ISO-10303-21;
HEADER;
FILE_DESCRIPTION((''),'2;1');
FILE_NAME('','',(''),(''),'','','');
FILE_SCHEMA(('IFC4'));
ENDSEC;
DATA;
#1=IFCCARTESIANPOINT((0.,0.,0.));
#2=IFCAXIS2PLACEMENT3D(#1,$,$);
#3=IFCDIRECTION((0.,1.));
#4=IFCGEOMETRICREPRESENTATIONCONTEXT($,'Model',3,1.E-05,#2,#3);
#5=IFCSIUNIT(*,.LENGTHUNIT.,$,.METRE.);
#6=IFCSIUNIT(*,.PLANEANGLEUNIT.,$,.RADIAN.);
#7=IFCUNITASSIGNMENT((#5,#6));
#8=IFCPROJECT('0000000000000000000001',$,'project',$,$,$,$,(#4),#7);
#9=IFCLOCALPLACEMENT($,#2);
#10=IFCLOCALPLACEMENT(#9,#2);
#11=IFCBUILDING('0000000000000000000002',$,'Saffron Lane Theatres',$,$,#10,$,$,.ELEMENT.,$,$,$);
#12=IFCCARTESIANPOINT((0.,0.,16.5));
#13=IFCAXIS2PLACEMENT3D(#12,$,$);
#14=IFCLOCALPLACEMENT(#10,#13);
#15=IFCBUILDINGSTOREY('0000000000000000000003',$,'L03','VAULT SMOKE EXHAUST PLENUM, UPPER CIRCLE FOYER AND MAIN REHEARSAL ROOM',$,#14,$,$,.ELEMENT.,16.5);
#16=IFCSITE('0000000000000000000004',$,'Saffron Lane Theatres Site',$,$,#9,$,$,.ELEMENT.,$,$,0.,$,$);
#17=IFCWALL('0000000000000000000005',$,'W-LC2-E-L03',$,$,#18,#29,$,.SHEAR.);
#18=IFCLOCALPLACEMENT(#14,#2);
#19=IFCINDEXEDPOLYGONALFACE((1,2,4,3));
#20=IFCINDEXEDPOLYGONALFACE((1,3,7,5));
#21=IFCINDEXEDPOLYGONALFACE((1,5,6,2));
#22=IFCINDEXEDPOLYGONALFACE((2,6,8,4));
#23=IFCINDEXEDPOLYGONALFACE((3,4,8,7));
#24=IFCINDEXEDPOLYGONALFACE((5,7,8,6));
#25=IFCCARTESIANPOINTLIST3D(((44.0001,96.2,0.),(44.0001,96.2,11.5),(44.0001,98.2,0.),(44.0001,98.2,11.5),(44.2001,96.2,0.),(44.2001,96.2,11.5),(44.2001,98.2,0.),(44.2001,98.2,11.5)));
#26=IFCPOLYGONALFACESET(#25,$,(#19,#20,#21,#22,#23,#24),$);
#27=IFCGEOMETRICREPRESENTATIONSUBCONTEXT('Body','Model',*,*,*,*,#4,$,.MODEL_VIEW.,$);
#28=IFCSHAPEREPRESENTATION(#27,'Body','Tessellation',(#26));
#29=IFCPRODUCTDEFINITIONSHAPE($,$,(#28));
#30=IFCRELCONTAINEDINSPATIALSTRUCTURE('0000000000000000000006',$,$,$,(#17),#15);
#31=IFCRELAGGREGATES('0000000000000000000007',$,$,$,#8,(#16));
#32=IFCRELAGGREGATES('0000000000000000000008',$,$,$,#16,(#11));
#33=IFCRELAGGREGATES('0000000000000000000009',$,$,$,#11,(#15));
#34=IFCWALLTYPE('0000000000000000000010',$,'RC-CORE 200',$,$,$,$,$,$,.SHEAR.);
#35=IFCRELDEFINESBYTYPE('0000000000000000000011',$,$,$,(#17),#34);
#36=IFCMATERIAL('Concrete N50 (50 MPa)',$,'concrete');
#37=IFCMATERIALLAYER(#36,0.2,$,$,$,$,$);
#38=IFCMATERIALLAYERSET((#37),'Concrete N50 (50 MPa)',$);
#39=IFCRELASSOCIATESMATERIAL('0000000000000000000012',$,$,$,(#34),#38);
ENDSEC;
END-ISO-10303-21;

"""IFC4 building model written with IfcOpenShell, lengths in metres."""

from ifc_helpers import new_model, si_unit, direction, frame, frame_2d, origin, place, context, subcontext, project, spatial, rectangle, extrude, material, layer, layer_set, type_object, element, save


model = new_model("IFC4")

# Units and contexts
model_context = context("Model", 3, precision=1e-05, world=origin(), true_north=direction((0.0, 1.0)))
body_context = subcontext(model_context, "Body", "Model", "MODEL_VIEW")
ifc_project = project(units=[si_unit("LENGTHUNIT", "METRE"), si_unit("PLANEANGLEUNIT", "RADIAN")], contexts=[model_context])

# Site, building, storey
site_placement = place(None, origin())
site = spatial("IfcSite", under=ifc_project, at=site_placement, Name="Saffron Lane Theatres Site", CompositionType="ELEMENT", RefElevation=0.0)
building_placement = place(site_placement, origin())
building = spatial("IfcBuilding", under=site, at=building_placement, Name="Saffron Lane Theatres", CompositionType="ELEMENT")
storey_placement = place(building_placement, frame((0.0, 0.0, 16.5)))
storey = spatial("IfcBuildingStorey", under=building, at=storey_placement, Name="L03", Description="VAULT SMOKE EXHAUST PLENUM, UPPER CIRCLE FOYER AND MAIN REHEARSAL ROOM", CompositionType="ELEMENT", Elevation=16.5)

# Shared definitions
ifc_material_1 = material(Name="Concrete N50 (50 MPa)", Category="concrete")
ifc_layer_1 = layer(ifc_material_1, 0.2)
ifc_layer_set_1 = layer_set([ifc_layer_1], Name="Concrete N50 (50 MPa)")
wall_type_1 = type_object("IfcWallType", Name="RC-CORE 200", PredefinedType="SHEAR", material=ifc_layer_set_1)

# Wall
for number, where, z_axis, x_axis, name in (
    (1, (44.1001, 96.2, 0.0), (0.0, 0.0, 1.0), (0.0, 1.0, 0.0), "W-LC2-E-L03"),
):
    element("IfcWall", number, at=place(storey_placement, frame(where, z_axis=z_axis, x_axis=x_axis)), inside=storey, type_object=wall_type_1, Name=name, PredefinedType="SHEAR", context=body_context, shape_type="SweptSolid", body=[
        extrude(rectangle(XDim=2.0, YDim=0.2, at=frame_2d((1.0, 0.0))), origin(), (0.0, 0.0, 1.0), 11.5),
    ])

save(model, "model.ifc")
